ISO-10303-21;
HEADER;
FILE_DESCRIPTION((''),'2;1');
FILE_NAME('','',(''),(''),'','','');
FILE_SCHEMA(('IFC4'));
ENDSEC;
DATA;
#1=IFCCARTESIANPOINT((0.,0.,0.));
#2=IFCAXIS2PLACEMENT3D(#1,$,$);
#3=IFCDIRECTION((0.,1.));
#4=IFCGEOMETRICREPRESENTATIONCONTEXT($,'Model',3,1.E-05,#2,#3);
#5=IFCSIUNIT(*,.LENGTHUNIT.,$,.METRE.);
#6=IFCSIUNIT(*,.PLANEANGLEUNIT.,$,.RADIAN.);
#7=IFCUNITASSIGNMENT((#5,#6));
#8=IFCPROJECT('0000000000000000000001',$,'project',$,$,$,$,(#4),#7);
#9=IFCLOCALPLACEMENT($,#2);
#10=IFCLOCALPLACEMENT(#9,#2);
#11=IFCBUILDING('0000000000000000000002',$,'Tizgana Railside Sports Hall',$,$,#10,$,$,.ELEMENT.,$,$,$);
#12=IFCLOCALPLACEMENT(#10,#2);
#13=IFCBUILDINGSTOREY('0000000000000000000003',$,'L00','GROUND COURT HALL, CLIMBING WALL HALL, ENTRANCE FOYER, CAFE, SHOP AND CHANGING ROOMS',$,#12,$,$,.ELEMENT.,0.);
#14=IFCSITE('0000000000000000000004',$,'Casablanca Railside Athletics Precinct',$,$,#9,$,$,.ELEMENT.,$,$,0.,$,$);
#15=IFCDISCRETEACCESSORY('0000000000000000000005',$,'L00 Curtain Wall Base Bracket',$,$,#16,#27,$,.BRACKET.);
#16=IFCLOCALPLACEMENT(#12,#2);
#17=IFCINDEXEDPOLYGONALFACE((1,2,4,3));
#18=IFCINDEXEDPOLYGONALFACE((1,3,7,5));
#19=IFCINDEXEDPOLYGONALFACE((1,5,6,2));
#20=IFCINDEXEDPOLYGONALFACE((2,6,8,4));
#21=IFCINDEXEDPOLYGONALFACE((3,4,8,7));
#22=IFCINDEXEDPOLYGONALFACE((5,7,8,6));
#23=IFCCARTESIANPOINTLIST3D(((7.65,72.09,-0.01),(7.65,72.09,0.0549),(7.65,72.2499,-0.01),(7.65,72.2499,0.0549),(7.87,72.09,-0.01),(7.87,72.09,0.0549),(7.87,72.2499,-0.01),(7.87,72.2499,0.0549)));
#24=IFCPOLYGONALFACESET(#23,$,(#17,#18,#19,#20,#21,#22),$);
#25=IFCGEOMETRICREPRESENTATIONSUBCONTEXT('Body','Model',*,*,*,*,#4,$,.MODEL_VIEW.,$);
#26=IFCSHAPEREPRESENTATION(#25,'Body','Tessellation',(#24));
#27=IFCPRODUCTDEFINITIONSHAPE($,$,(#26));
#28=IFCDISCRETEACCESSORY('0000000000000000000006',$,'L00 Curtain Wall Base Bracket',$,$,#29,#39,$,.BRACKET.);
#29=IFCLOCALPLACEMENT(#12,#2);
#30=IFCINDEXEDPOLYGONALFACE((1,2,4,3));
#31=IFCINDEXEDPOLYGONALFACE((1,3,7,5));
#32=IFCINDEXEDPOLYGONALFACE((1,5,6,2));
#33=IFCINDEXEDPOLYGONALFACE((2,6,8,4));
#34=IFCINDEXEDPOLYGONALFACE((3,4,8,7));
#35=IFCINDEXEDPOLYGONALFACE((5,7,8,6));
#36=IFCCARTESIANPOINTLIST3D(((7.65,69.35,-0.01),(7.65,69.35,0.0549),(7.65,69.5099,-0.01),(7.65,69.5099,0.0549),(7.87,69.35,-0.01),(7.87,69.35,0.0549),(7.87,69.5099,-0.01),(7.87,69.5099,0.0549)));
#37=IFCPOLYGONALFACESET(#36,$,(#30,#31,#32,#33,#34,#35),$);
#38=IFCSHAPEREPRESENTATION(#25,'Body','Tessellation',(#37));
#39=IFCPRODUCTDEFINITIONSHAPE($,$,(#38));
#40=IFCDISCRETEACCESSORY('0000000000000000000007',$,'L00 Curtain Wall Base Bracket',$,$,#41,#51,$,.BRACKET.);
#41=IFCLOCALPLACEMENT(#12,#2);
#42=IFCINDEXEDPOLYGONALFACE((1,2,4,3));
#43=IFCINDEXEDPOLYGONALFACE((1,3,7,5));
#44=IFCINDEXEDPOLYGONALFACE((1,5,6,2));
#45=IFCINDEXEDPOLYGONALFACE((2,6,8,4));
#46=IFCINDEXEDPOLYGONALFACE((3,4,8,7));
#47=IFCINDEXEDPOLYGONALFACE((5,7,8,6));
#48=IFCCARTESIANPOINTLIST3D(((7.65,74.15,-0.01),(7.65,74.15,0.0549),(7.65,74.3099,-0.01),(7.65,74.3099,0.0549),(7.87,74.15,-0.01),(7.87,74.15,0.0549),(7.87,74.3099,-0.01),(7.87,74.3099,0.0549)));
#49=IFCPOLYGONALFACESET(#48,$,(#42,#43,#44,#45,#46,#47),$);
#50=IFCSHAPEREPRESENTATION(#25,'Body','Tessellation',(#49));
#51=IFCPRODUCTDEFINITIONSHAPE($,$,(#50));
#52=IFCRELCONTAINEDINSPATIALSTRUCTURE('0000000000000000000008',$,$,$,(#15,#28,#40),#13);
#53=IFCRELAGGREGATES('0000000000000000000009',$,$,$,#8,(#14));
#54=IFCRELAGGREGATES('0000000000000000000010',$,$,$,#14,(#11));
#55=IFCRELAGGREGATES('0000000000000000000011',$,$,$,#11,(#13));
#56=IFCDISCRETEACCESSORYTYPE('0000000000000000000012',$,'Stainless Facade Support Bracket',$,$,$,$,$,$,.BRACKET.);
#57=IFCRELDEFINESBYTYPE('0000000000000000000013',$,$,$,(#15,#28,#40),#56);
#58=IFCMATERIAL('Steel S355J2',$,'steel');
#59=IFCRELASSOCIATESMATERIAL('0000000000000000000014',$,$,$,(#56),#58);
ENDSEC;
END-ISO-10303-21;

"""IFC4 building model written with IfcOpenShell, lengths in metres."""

from ifc_helpers import new_model, si_unit, direction, frame, origin, origin_2d, place, context, subcontext, project, spatial, rectangle, extrude, material, type_object, element, save


model = new_model("IFC4")

# Units and contexts
model_context = context("Model", 3, precision=1e-05, world=origin(), true_north=direction((0.0, 1.0)))
body_context = subcontext(model_context, "Body", "Model", "MODEL_VIEW")
ifc_project = project(units=[si_unit("LENGTHUNIT", "METRE"), si_unit("PLANEANGLEUNIT", "RADIAN")], contexts=[model_context])

# Site, building, storey
site_placement = place(None, origin())
site = spatial("IfcSite", under=ifc_project, at=site_placement, Name="Casablanca Railside Athletics Precinct", CompositionType="ELEMENT", RefElevation=0.0)
building_placement = place(site_placement, origin())
building = spatial("IfcBuilding", under=site, at=building_placement, Name="Tizgana Railside Sports Hall", CompositionType="ELEMENT")
storey_placement = place(building_placement, origin())
storey = spatial("IfcBuildingStorey", under=building, at=storey_placement, Name="L00", Description="GROUND COURT HALL, CLIMBING WALL HALL, ENTRANCE FOYER, CAFE, SHOP AND CHANGING ROOMS", CompositionType="ELEMENT", Elevation=0.0)

# Shared definitions
ifc_material_1 = material(Name="Steel S355J2", Category="steel")

# Discrete accessories
discrete_accessory_type = type_object("IfcDiscreteAccessoryType", Name="Stainless Facade Support Bracket", PredefinedType="BRACKET", material=ifc_material_1)
for number, where, z_axis, x_axis, name in (
    (1, (7.76, 72.1699, -0.01), (0.0, 0.0, 1.0), (0.0, -1.0, 0.0), "L00 Curtain Wall Base Bracket"),
    (2, (7.76, 69.4299, -0.01), (0.0, 0.0, 1.0), (0.0, -1.0, 0.0), "L00 Curtain Wall Base Bracket"),
    (3, (7.76, 74.23, -0.01), (0.0, 0.0, 1.0), (0.0, -1.0, 0.0), "L00 Curtain Wall Base Bracket"),
):
    element("IfcDiscreteAccessory", number, at=place(storey_placement, frame(where, z_axis=z_axis, x_axis=x_axis)), inside=storey, type_object=discrete_accessory_type, Name=name, PredefinedType="BRACKET", context=body_context, shape_type="SweptSolid", body=[
        extrude(rectangle(XDim=0.1599, YDim=0.22, at=origin_2d()), origin(), (0.0, 0.0, 1.0), 0.0649),
    ])

save(model, "model.ifc")
